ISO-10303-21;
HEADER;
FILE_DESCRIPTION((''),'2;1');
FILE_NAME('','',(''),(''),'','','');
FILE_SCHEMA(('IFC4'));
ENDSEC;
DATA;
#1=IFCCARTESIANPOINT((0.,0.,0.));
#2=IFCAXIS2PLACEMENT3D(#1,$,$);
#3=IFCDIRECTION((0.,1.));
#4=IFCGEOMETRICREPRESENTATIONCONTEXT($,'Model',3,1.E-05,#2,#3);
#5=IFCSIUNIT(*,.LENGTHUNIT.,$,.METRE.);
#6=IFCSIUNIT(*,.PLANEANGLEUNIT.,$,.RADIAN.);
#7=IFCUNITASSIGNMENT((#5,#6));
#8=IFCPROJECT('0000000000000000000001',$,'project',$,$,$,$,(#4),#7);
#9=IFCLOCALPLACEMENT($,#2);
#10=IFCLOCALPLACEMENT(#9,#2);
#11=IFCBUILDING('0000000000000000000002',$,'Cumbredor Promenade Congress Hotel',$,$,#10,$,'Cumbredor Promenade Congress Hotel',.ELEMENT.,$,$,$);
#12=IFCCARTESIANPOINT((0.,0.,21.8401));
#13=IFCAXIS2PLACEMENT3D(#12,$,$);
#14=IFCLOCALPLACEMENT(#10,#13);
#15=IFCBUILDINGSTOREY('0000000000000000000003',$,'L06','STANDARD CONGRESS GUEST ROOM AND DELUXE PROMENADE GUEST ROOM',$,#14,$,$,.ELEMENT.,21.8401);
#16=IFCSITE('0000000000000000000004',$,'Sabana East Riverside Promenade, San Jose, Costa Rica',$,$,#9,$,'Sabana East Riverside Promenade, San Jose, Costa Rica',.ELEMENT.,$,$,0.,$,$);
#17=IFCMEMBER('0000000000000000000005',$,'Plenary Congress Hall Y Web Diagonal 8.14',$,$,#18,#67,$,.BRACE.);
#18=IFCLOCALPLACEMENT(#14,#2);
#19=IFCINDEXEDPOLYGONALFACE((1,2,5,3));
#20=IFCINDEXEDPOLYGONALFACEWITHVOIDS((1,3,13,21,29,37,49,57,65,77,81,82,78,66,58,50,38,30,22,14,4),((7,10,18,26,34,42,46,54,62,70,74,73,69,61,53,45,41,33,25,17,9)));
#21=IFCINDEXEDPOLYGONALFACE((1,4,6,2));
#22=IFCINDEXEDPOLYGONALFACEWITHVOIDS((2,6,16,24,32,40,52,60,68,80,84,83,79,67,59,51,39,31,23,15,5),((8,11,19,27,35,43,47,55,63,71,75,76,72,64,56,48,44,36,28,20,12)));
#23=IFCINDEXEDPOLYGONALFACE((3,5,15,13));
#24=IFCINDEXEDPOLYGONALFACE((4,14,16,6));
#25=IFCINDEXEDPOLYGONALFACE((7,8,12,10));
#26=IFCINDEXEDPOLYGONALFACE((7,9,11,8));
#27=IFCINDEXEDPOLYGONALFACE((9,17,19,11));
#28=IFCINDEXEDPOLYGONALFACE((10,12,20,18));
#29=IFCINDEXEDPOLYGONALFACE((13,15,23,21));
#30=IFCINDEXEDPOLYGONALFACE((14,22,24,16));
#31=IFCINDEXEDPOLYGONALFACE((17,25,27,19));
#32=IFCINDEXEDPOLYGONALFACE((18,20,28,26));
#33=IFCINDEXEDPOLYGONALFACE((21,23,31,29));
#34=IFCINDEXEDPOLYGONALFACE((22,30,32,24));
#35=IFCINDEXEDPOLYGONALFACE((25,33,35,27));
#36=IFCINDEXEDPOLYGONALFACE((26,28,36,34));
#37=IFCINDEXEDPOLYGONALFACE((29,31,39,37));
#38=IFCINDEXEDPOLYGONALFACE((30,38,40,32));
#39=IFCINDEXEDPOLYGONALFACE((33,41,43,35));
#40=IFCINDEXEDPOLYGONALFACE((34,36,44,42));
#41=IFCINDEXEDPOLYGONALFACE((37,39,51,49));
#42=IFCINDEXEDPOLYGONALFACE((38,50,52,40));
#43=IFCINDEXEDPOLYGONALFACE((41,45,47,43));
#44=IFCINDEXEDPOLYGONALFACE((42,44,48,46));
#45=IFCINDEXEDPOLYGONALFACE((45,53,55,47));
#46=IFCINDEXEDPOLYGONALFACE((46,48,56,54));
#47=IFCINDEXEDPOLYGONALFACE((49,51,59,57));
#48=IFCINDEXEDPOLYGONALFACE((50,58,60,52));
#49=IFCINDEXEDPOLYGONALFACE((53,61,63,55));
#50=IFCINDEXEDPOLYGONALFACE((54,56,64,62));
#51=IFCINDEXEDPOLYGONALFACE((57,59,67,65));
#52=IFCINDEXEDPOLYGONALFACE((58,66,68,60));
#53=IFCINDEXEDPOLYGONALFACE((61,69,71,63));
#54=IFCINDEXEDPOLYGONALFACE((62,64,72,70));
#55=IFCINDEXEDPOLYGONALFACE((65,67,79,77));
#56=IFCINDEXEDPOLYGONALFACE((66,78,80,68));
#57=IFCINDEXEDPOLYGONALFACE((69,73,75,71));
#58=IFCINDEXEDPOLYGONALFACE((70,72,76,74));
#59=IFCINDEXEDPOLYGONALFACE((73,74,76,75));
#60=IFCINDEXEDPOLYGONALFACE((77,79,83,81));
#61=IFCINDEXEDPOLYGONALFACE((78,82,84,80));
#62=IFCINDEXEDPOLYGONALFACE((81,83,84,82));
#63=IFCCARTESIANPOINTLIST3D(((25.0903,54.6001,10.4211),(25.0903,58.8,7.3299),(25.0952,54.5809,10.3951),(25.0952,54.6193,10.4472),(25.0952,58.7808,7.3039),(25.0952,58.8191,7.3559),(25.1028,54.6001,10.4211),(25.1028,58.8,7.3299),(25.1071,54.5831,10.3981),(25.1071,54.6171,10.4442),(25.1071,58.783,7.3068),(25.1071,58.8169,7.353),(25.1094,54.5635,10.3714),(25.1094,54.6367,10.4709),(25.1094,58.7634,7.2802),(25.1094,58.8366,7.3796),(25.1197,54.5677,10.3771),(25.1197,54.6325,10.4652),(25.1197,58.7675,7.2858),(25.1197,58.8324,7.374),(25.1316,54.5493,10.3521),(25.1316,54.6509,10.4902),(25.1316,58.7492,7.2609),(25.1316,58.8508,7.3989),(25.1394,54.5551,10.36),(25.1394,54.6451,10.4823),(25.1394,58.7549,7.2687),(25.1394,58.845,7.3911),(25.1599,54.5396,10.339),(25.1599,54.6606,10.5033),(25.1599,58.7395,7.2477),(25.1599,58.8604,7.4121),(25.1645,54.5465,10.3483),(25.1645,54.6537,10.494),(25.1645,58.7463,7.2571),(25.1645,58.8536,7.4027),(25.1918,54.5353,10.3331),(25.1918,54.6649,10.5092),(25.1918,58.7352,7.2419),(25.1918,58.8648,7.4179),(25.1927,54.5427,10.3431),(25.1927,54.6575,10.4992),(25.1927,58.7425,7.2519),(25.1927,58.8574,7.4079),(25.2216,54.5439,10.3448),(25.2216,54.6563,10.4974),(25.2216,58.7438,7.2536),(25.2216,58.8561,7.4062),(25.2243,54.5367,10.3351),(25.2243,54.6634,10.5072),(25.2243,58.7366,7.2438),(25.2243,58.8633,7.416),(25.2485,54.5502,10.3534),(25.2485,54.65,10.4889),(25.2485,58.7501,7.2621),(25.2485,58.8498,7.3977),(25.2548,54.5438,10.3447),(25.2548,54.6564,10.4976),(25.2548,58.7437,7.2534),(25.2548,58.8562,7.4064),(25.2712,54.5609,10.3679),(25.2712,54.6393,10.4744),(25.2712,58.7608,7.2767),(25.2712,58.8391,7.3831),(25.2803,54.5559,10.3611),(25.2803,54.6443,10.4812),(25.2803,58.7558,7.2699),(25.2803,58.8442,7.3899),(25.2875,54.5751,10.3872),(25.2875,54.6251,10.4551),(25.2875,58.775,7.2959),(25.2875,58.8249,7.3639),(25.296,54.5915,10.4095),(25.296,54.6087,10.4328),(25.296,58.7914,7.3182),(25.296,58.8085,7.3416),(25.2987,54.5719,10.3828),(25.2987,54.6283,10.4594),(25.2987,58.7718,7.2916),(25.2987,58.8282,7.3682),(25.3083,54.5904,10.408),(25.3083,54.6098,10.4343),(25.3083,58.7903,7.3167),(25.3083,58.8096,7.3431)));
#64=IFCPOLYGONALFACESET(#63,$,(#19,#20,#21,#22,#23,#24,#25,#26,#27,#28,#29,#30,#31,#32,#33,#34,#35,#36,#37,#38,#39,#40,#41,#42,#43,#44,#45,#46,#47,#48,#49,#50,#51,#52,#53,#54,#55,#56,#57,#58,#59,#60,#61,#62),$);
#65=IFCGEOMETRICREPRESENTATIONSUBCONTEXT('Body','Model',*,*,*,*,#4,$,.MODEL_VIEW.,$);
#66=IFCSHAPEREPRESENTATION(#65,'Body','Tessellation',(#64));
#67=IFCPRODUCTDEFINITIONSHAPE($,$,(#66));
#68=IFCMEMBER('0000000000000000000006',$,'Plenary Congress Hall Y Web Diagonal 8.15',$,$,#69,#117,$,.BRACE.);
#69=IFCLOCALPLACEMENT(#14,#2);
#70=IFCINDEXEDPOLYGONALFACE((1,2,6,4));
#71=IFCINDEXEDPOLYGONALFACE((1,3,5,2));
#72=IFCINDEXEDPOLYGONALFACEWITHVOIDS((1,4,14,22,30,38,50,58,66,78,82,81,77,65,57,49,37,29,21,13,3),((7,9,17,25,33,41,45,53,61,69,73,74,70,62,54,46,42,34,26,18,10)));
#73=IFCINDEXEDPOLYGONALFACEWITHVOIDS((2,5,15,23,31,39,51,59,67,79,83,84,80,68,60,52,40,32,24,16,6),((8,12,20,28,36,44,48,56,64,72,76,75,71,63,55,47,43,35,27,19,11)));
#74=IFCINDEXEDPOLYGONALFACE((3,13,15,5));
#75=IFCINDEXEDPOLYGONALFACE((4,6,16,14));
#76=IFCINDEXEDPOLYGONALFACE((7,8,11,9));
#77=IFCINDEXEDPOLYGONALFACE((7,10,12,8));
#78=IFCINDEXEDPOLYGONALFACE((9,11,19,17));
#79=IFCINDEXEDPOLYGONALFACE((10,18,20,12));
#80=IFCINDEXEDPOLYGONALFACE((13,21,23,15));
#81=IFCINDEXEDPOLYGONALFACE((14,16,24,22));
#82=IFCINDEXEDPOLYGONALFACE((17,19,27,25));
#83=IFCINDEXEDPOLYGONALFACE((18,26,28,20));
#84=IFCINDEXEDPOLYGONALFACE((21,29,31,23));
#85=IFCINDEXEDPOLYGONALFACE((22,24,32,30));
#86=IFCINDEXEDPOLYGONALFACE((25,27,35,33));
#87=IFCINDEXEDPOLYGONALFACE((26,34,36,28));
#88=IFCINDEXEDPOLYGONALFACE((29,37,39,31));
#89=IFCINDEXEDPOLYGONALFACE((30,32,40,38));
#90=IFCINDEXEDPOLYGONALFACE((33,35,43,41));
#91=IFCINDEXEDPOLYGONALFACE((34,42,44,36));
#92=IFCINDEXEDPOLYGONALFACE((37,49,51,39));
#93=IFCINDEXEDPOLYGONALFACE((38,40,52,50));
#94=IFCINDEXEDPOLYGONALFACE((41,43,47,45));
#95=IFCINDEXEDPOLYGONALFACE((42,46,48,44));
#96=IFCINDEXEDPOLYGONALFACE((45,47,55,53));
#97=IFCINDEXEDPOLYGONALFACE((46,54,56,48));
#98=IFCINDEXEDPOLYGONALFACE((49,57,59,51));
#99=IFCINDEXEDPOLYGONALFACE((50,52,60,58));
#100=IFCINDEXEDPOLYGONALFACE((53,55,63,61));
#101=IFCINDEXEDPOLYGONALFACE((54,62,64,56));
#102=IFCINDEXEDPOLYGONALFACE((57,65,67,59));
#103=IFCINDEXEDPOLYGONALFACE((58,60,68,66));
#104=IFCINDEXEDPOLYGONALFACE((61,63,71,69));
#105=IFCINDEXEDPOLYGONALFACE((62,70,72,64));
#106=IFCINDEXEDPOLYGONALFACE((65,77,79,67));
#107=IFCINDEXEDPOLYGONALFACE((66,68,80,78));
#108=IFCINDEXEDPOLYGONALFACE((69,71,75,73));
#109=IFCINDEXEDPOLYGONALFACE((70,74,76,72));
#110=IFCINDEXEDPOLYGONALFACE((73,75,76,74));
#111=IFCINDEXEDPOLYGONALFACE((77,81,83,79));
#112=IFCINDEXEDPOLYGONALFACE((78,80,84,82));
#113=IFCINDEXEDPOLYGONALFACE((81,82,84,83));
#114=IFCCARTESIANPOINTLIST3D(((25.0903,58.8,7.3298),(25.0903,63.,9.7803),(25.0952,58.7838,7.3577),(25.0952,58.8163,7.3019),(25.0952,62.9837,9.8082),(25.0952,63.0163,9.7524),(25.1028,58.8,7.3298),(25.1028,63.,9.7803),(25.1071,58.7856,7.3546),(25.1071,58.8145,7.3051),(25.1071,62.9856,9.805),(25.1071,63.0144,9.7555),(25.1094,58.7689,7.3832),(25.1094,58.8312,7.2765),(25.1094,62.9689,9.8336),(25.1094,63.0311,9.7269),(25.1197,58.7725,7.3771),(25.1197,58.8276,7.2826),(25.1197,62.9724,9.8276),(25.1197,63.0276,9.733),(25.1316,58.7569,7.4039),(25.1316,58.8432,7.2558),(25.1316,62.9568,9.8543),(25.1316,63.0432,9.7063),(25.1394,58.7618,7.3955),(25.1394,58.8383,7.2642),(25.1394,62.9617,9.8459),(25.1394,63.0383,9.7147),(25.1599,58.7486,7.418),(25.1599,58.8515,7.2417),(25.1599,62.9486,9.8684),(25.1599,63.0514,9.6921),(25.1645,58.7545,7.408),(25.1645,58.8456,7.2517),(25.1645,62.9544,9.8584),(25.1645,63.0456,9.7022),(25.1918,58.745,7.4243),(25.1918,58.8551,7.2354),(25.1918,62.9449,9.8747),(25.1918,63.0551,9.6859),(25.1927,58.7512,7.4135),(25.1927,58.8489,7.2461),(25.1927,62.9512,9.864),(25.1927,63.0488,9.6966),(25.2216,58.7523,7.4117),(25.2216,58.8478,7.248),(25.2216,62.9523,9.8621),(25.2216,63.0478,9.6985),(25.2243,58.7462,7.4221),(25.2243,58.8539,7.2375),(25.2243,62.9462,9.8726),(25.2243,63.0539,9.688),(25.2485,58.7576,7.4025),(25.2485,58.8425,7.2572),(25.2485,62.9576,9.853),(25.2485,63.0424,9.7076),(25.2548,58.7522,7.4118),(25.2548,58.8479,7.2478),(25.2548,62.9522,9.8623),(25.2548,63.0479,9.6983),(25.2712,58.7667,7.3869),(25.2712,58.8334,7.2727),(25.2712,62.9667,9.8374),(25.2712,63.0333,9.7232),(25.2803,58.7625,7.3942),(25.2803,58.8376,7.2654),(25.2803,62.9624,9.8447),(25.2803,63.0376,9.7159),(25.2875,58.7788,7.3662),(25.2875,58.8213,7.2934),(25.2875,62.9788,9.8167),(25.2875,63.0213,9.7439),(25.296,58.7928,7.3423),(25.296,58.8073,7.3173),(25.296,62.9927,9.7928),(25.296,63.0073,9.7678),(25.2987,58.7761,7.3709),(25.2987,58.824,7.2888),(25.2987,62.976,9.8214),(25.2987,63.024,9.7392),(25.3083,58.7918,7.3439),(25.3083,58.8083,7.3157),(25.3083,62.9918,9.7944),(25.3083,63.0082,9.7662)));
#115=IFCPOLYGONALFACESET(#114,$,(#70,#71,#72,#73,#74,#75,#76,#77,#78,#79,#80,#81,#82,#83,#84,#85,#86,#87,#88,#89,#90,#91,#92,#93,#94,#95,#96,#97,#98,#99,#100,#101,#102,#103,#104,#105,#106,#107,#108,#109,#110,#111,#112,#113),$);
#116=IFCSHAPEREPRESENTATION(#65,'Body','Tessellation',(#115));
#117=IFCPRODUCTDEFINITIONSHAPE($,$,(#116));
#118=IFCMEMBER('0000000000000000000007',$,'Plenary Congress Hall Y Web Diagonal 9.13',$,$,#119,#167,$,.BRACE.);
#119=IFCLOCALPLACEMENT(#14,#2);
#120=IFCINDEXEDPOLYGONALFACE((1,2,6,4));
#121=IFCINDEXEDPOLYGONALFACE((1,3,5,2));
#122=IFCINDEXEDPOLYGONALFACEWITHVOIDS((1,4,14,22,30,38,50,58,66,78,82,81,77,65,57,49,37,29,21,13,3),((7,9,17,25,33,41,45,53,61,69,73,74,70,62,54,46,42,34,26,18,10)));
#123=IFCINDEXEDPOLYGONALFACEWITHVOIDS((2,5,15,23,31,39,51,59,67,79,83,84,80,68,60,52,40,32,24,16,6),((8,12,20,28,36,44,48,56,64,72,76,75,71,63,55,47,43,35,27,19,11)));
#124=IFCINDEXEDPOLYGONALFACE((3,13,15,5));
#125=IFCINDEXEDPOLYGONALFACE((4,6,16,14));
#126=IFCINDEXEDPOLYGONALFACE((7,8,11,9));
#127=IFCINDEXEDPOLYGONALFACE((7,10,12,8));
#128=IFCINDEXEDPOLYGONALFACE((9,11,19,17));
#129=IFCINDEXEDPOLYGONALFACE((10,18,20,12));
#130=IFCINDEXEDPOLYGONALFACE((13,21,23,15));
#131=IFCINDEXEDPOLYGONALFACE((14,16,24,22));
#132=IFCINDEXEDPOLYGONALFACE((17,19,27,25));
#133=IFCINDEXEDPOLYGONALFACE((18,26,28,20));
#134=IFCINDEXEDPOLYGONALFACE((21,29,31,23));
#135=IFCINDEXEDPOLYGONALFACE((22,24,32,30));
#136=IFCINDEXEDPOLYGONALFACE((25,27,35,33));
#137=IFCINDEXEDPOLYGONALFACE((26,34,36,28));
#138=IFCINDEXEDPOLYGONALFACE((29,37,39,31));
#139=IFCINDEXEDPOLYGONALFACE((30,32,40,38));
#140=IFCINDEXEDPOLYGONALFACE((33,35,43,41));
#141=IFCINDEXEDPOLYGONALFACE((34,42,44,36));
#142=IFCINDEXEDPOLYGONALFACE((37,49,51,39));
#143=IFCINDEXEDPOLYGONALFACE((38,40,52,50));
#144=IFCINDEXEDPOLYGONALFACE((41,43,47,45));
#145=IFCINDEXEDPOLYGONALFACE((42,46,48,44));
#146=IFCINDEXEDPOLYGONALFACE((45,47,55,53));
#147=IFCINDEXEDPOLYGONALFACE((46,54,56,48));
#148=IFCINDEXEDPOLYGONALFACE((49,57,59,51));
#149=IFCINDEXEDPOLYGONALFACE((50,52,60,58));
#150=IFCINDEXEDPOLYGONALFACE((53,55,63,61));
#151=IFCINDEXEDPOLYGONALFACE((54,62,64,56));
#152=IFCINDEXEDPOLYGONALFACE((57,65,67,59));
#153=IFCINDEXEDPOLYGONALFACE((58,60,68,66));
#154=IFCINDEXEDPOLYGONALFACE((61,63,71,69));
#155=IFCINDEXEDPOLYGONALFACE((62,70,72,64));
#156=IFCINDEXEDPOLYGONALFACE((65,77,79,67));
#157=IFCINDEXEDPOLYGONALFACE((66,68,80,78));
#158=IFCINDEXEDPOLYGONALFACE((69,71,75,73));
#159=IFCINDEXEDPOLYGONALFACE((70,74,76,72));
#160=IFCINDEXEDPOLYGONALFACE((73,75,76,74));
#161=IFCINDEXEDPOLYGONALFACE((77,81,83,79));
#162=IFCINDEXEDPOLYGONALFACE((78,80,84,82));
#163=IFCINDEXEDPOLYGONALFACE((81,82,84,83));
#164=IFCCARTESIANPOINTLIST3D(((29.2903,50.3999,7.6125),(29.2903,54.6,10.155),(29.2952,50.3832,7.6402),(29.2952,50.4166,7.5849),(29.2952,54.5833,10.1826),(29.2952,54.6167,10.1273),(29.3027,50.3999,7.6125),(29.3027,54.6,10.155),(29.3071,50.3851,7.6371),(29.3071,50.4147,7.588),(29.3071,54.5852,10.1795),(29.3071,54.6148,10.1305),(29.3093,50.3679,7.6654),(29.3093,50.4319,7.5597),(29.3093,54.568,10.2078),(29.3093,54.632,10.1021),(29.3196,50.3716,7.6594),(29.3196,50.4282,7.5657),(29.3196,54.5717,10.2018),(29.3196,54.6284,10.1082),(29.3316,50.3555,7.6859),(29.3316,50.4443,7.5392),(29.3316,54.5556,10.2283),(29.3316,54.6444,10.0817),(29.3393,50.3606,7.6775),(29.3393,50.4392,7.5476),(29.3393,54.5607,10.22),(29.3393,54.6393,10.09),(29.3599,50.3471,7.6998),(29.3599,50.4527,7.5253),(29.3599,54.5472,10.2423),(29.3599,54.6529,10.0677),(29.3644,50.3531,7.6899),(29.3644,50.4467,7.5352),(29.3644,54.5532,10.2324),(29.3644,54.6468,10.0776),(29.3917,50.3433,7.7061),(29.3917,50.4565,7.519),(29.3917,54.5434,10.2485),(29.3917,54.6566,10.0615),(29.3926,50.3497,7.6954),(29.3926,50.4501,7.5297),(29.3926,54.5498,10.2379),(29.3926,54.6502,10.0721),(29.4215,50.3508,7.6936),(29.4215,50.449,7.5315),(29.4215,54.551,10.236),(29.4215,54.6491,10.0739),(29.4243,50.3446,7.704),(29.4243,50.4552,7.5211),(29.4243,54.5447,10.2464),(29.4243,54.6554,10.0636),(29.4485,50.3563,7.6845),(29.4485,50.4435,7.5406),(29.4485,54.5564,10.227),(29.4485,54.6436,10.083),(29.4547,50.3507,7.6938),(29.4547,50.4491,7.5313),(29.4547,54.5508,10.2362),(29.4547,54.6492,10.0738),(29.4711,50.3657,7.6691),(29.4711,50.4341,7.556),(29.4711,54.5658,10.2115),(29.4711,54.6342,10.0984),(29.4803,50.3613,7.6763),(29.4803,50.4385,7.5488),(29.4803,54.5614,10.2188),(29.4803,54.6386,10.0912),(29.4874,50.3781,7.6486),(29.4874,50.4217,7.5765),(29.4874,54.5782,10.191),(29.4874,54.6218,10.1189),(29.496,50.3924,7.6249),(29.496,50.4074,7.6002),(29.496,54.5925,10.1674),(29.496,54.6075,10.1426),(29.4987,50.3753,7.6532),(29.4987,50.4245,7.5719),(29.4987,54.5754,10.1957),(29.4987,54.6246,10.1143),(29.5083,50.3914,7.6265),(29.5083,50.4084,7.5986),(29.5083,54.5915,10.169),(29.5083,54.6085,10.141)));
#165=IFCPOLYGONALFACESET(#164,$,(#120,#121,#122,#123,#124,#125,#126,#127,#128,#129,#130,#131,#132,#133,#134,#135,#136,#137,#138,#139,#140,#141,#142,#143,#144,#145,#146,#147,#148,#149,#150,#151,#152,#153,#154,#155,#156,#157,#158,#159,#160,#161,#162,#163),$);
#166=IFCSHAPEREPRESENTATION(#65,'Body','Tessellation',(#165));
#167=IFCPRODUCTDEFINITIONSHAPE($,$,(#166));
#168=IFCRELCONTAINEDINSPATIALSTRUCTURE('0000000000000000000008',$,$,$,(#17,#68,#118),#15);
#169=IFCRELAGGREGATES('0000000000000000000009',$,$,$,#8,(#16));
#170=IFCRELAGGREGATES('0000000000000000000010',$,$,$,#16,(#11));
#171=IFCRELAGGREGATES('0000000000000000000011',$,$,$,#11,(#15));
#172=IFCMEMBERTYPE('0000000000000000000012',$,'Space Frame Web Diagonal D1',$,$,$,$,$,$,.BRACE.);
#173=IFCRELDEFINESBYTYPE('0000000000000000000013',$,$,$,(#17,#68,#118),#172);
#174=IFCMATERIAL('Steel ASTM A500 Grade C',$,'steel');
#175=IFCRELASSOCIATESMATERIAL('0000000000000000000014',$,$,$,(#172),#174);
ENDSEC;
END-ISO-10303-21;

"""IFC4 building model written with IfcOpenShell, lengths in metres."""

from ifc_helpers import new_model, si_unit, direction, frame, origin, origin_2d, place, context, subcontext, project, spatial, hollow_circle, extrude, material, material_profile, profile_set, type_object, element, save


model = new_model("IFC4")

# Units and contexts
model_context = context("Model", 3, precision=1e-05, world=origin(), true_north=direction((0.0, 1.0)))
body_context = subcontext(model_context, "Body", "Model", "MODEL_VIEW")
ifc_project = project(units=[si_unit("LENGTHUNIT", "METRE"), si_unit("PLANEANGLEUNIT", "RADIAN")], contexts=[model_context])

# Site, building, storey
site_placement = place(None, origin())
site = spatial("IfcSite", under=ifc_project, at=site_placement, Name="Sabana East Riverside Promenade, San Jose, Costa Rica", LongName="Sabana East Riverside Promenade, San Jose, Costa Rica", CompositionType="ELEMENT", RefElevation=0.0)
building_placement = place(site_placement, origin())
building = spatial("IfcBuilding", under=site, at=building_placement, Name="Cumbredor Promenade Congress Hotel", LongName="Cumbredor Promenade Congress Hotel", CompositionType="ELEMENT")
storey_placement = place(building_placement, frame((0.0, 0.0, 21.8401)))
storey = spatial("IfcBuildingStorey", under=building, at=storey_placement, Name="L06", Description="STANDARD CONGRESS GUEST ROOM AND DELUXE PROMENADE GUEST ROOM", CompositionType="ELEMENT", Elevation=21.8401)

# Members
ifc_material_1 = material(Name="Steel ASTM A500 Grade C", Category="steel")
ifc_material_profile_1 = material_profile(ifc_material_1, hollow_circle(Radius=0.1096, WallThickness=0.0125, at=origin_2d()), Name="CHS 219.1x12.5")
ifc_profile_set_1 = profile_set([ifc_material_profile_1], Name="Steel ASTM A500 Grade C")
member_type_1 = type_object("IfcMemberType", Name="Space Frame Web Diagonal D1", PredefinedType="BRACE", material=ifc_profile_set_1)
member_1_placement = place(storey_placement, frame((25.2, 54.6001, 10.4211), z_axis=(0.0, 0.805366, -0.592777), x_axis=(-1.0, 0.0, 0.0)))
element("IfcMember", 1, at=member_1_placement, inside=storey, type_object=member_type_1, Name="Plenary Congress Hall Y Web Diagonal 8.14", PredefinedType="BRACE", context=body_context, shape_type="SweptSolid", body=[
    extrude(hollow_circle(Radius=0.1096, WallThickness=0.0125, at=origin_2d()), origin(), (0.0, 0.0, 1.0), 5.2148),
])
member_2_placement = place(storey_placement, frame((25.2, 58.8, 7.3298), z_axis=(0.0, 0.863737, 0.503943), x_axis=(-1.0, 0.0, 0.0)))
element("IfcMember", 2, at=member_2_placement, inside=storey, type_object=member_type_1, Name="Plenary Congress Hall Y Web Diagonal 8.15", PredefinedType="BRACE", context=body_context, shape_type="SweptSolid", body=[
    extrude(hollow_circle(Radius=0.1096, WallThickness=0.0125, at=origin_2d()), origin(), (0.0, 0.0, 1.0), 4.8625),
])
member_3_placement = place(storey_placement, frame((29.3999, 50.3999, 7.6125), z_axis=(0.0, 0.855477, 0.517841), x_axis=(-1.0, 0.0, 0.0)))
element("IfcMember", 3, at=member_3_placement, inside=storey, type_object=member_type_1, Name="Plenary Congress Hall Y Web Diagonal 9.13", PredefinedType="BRACE", context=body_context, shape_type="SweptSolid", body=[
    extrude(hollow_circle(Radius=0.1096, WallThickness=0.0125, at=origin_2d()), origin(), (0.0, 0.0, 1.0), 4.9097),
])

save(model, "model.ifc")
